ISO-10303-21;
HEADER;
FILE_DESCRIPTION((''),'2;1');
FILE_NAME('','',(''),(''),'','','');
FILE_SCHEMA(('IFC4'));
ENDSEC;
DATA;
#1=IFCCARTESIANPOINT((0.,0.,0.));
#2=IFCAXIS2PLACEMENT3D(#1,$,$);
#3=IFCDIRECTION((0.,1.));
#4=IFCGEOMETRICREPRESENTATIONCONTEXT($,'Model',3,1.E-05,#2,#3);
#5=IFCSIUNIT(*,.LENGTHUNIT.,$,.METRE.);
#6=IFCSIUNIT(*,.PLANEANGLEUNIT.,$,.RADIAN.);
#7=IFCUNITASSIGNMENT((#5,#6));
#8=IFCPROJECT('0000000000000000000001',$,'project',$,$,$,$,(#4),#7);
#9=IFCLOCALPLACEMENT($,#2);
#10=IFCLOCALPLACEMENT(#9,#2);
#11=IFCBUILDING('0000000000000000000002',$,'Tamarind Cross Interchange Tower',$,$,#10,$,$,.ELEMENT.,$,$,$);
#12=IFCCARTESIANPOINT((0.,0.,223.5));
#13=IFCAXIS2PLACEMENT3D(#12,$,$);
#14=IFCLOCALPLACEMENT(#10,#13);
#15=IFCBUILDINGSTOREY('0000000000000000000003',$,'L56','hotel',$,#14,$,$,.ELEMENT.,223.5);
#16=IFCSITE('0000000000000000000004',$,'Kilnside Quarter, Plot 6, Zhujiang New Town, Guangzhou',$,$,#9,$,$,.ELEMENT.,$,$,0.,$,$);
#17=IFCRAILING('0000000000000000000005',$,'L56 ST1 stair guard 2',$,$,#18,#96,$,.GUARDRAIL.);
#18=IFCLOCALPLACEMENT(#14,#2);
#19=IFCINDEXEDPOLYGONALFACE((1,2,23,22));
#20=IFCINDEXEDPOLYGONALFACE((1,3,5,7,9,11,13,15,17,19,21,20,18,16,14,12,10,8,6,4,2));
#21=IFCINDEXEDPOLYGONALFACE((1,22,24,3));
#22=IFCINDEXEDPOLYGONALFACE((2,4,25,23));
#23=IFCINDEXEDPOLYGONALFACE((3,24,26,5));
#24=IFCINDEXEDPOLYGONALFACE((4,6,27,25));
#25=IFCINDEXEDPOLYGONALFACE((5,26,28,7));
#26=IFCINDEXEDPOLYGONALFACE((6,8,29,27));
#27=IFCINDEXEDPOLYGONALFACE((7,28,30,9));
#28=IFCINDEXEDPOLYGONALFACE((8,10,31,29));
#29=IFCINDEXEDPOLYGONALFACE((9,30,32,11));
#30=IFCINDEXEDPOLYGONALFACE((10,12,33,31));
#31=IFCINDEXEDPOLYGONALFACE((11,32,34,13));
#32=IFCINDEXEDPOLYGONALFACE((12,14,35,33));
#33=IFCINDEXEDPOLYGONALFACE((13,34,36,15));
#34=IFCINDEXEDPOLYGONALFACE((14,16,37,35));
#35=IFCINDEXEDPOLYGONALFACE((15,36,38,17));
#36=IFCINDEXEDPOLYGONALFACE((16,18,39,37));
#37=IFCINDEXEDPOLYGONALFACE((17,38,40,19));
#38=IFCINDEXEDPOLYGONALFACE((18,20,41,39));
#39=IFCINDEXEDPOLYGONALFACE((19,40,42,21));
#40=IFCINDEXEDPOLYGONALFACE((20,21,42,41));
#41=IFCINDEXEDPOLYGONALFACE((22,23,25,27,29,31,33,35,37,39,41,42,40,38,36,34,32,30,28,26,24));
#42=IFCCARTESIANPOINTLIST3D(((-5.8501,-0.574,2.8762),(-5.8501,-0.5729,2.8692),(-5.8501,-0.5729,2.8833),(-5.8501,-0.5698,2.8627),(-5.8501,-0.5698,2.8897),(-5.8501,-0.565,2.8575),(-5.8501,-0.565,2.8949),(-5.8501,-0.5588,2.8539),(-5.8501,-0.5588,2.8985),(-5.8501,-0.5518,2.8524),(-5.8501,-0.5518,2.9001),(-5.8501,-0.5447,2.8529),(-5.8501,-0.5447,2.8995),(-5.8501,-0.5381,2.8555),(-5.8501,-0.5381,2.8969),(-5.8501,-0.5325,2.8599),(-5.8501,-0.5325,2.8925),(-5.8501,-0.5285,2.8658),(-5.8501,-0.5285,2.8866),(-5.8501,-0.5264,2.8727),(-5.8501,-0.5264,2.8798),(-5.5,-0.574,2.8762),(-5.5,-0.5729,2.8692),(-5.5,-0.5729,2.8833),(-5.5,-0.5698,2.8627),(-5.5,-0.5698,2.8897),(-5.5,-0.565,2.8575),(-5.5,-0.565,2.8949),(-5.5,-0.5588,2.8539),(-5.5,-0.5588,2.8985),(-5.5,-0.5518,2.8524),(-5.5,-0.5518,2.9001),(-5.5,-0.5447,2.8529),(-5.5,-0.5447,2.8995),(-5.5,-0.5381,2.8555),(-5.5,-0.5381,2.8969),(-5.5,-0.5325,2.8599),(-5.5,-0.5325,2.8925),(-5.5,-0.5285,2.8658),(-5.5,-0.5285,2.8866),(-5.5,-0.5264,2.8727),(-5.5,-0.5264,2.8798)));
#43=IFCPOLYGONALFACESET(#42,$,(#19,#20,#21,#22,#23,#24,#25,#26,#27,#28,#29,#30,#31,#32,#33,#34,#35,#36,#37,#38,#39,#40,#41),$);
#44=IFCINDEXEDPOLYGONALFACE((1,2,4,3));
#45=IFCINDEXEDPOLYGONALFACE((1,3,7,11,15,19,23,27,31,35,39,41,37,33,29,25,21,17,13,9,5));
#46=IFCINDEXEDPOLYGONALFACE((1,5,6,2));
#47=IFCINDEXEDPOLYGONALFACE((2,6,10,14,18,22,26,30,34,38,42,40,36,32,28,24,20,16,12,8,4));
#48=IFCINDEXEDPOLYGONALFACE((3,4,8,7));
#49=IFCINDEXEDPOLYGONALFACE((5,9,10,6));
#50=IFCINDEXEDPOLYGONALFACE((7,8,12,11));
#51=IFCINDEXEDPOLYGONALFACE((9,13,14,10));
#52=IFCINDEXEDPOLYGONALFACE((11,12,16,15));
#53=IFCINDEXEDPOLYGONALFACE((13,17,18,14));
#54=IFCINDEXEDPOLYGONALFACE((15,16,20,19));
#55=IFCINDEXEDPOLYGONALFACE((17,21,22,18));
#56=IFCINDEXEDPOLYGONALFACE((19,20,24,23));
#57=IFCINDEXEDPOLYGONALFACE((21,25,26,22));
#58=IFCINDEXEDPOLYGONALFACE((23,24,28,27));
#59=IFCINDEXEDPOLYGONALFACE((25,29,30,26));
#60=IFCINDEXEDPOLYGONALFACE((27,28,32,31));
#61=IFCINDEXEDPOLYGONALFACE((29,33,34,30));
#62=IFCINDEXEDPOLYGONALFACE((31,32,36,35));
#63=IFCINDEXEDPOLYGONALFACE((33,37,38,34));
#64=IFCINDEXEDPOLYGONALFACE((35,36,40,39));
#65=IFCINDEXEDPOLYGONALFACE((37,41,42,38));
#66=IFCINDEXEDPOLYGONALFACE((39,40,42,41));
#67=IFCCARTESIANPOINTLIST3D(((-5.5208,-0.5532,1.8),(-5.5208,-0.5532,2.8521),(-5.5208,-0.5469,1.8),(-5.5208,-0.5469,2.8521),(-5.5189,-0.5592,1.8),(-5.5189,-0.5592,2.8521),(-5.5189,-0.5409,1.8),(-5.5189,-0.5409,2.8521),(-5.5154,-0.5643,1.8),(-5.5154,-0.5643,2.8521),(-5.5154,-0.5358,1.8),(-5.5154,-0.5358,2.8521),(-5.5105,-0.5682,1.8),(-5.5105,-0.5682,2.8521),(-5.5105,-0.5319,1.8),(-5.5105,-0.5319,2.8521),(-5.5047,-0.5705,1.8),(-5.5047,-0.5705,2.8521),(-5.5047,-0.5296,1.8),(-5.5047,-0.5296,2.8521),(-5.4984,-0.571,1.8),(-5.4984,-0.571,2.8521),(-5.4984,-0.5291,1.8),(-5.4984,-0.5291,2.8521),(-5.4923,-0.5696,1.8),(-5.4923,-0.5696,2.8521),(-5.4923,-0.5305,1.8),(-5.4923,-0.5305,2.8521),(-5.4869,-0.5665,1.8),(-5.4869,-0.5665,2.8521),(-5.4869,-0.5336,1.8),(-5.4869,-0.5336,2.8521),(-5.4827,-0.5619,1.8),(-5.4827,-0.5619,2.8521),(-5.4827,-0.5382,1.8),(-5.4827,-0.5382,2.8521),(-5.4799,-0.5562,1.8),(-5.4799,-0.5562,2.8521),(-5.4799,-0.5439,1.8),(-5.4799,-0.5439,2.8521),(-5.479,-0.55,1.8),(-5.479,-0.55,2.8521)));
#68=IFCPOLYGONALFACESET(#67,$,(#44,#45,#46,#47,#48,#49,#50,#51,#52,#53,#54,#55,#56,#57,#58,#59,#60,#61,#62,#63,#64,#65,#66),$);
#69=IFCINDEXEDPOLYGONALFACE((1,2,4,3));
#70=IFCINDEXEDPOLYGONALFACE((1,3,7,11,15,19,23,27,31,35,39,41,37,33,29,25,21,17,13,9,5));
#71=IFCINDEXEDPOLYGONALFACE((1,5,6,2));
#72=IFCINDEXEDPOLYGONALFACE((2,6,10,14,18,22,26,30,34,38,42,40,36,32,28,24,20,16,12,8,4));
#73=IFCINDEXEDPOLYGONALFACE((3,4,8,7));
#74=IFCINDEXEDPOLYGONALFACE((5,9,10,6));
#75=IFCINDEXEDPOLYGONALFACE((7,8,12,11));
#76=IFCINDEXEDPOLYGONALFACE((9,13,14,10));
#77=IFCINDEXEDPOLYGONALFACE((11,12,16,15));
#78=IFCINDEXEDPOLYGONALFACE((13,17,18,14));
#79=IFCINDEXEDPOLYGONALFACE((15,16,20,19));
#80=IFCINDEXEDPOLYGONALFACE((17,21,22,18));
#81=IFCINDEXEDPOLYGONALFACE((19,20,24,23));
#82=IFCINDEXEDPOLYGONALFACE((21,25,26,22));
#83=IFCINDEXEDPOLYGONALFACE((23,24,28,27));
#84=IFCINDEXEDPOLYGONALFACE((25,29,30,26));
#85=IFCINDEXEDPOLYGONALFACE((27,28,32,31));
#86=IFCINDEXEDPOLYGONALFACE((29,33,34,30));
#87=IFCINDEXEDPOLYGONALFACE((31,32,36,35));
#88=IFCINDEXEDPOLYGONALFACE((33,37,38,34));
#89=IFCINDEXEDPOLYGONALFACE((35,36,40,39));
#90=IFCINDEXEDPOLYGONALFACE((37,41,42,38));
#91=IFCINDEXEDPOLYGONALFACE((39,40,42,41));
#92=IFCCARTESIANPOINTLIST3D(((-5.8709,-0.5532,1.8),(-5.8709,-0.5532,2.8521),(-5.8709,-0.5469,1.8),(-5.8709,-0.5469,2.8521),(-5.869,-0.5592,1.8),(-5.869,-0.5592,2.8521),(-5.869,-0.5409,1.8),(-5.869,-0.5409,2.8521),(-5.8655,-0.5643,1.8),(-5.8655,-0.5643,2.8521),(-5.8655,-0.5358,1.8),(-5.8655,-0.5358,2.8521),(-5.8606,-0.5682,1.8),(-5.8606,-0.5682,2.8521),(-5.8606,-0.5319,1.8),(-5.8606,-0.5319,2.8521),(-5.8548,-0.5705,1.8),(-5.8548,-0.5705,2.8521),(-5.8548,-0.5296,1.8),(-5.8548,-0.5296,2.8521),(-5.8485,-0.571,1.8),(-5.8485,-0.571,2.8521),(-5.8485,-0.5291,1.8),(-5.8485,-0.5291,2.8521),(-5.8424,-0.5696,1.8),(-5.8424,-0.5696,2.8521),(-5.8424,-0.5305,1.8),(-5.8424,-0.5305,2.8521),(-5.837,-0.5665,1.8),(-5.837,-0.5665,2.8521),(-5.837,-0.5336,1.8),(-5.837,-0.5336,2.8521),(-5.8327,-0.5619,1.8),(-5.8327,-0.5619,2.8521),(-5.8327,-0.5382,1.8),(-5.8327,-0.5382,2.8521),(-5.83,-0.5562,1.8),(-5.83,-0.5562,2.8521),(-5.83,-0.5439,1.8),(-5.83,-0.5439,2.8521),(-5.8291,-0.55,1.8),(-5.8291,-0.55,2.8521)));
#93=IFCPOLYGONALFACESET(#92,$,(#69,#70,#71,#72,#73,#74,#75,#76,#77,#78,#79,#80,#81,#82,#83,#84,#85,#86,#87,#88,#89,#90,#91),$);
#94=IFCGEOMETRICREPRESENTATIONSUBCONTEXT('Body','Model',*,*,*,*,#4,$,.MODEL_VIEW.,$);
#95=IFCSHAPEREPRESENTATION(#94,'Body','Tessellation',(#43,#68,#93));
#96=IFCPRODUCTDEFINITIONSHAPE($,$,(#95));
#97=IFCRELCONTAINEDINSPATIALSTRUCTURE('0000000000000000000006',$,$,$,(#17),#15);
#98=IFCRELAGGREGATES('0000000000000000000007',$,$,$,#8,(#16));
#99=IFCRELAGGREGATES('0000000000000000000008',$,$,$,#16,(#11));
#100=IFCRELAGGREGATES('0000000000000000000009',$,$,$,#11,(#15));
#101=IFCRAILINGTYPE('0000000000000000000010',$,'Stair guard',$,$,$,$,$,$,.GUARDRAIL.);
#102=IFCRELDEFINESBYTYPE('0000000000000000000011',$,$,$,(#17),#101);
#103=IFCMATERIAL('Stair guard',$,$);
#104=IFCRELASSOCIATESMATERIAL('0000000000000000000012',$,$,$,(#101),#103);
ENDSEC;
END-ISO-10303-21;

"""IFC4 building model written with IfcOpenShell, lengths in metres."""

from ifc_helpers import new_model, si_unit, direction, frame, origin, origin_2d, place, context, subcontext, project, spatial, circle, extrude, material, type_object, element, save


model = new_model("IFC4")

# Units and contexts
model_context = context("Model", 3, precision=1e-05, world=origin(), true_north=direction((0.0, 1.0)))
body_context = subcontext(model_context, "Body", "Model", "MODEL_VIEW")
ifc_project = project(units=[si_unit("LENGTHUNIT", "METRE"), si_unit("PLANEANGLEUNIT", "RADIAN")], contexts=[model_context])

# Site, building, storey
site_placement = place(None, origin())
site = spatial("IfcSite", under=ifc_project, at=site_placement, Name="Kilnside Quarter, Plot 6, Zhujiang New Town, Guangzhou", CompositionType="ELEMENT", RefElevation=0.0)
building_placement = place(site_placement, origin())
building = spatial("IfcBuilding", under=site, at=building_placement, Name="Tamarind Cross Interchange Tower", CompositionType="ELEMENT")
storey_placement = place(building_placement, frame((0.0, 0.0, 223.5)))
storey = spatial("IfcBuildingStorey", under=building, at=storey_placement, Name="L56", Description="hotel", CompositionType="ELEMENT", Elevation=223.5)

# Railing
ifc_material_1 = material(Name="Stair guard")
railing_type_1 = type_object("IfcRailingType", Name="Stair guard", PredefinedType="GUARDRAIL", material=ifc_material_1)
railing_1_placement = place(storey_placement, frame((-5.5, -0.55, 1.8)))
element("IfcRailing", 1, at=railing_1_placement, inside=storey, type_object=railing_type_1, Name="L56 ST1 stair guard 2", PredefinedType="GUARDRAIL", context=body_context, shape_type="SweptSolid", body=[
    extrude(circle(Radius=0.0239, at=origin_2d()), frame((0.0, 0.0, 1.0762), z_axis=(-1.0, 0.0, 0.0), x_axis=(0.0, -1.0, 0.0)), (0.0, 0.0, 1.0), 0.3501),
    extrude(circle(Radius=0.021, at=origin_2d()), origin(), (0.0, 0.0, 1.0), 1.052),
    extrude(circle(Radius=0.021, at=origin_2d()), frame((-0.3501, 0.0, 0.0)), (0.0, 0.0, 1.0), 1.052),
])

save(model, "model.ifc")
